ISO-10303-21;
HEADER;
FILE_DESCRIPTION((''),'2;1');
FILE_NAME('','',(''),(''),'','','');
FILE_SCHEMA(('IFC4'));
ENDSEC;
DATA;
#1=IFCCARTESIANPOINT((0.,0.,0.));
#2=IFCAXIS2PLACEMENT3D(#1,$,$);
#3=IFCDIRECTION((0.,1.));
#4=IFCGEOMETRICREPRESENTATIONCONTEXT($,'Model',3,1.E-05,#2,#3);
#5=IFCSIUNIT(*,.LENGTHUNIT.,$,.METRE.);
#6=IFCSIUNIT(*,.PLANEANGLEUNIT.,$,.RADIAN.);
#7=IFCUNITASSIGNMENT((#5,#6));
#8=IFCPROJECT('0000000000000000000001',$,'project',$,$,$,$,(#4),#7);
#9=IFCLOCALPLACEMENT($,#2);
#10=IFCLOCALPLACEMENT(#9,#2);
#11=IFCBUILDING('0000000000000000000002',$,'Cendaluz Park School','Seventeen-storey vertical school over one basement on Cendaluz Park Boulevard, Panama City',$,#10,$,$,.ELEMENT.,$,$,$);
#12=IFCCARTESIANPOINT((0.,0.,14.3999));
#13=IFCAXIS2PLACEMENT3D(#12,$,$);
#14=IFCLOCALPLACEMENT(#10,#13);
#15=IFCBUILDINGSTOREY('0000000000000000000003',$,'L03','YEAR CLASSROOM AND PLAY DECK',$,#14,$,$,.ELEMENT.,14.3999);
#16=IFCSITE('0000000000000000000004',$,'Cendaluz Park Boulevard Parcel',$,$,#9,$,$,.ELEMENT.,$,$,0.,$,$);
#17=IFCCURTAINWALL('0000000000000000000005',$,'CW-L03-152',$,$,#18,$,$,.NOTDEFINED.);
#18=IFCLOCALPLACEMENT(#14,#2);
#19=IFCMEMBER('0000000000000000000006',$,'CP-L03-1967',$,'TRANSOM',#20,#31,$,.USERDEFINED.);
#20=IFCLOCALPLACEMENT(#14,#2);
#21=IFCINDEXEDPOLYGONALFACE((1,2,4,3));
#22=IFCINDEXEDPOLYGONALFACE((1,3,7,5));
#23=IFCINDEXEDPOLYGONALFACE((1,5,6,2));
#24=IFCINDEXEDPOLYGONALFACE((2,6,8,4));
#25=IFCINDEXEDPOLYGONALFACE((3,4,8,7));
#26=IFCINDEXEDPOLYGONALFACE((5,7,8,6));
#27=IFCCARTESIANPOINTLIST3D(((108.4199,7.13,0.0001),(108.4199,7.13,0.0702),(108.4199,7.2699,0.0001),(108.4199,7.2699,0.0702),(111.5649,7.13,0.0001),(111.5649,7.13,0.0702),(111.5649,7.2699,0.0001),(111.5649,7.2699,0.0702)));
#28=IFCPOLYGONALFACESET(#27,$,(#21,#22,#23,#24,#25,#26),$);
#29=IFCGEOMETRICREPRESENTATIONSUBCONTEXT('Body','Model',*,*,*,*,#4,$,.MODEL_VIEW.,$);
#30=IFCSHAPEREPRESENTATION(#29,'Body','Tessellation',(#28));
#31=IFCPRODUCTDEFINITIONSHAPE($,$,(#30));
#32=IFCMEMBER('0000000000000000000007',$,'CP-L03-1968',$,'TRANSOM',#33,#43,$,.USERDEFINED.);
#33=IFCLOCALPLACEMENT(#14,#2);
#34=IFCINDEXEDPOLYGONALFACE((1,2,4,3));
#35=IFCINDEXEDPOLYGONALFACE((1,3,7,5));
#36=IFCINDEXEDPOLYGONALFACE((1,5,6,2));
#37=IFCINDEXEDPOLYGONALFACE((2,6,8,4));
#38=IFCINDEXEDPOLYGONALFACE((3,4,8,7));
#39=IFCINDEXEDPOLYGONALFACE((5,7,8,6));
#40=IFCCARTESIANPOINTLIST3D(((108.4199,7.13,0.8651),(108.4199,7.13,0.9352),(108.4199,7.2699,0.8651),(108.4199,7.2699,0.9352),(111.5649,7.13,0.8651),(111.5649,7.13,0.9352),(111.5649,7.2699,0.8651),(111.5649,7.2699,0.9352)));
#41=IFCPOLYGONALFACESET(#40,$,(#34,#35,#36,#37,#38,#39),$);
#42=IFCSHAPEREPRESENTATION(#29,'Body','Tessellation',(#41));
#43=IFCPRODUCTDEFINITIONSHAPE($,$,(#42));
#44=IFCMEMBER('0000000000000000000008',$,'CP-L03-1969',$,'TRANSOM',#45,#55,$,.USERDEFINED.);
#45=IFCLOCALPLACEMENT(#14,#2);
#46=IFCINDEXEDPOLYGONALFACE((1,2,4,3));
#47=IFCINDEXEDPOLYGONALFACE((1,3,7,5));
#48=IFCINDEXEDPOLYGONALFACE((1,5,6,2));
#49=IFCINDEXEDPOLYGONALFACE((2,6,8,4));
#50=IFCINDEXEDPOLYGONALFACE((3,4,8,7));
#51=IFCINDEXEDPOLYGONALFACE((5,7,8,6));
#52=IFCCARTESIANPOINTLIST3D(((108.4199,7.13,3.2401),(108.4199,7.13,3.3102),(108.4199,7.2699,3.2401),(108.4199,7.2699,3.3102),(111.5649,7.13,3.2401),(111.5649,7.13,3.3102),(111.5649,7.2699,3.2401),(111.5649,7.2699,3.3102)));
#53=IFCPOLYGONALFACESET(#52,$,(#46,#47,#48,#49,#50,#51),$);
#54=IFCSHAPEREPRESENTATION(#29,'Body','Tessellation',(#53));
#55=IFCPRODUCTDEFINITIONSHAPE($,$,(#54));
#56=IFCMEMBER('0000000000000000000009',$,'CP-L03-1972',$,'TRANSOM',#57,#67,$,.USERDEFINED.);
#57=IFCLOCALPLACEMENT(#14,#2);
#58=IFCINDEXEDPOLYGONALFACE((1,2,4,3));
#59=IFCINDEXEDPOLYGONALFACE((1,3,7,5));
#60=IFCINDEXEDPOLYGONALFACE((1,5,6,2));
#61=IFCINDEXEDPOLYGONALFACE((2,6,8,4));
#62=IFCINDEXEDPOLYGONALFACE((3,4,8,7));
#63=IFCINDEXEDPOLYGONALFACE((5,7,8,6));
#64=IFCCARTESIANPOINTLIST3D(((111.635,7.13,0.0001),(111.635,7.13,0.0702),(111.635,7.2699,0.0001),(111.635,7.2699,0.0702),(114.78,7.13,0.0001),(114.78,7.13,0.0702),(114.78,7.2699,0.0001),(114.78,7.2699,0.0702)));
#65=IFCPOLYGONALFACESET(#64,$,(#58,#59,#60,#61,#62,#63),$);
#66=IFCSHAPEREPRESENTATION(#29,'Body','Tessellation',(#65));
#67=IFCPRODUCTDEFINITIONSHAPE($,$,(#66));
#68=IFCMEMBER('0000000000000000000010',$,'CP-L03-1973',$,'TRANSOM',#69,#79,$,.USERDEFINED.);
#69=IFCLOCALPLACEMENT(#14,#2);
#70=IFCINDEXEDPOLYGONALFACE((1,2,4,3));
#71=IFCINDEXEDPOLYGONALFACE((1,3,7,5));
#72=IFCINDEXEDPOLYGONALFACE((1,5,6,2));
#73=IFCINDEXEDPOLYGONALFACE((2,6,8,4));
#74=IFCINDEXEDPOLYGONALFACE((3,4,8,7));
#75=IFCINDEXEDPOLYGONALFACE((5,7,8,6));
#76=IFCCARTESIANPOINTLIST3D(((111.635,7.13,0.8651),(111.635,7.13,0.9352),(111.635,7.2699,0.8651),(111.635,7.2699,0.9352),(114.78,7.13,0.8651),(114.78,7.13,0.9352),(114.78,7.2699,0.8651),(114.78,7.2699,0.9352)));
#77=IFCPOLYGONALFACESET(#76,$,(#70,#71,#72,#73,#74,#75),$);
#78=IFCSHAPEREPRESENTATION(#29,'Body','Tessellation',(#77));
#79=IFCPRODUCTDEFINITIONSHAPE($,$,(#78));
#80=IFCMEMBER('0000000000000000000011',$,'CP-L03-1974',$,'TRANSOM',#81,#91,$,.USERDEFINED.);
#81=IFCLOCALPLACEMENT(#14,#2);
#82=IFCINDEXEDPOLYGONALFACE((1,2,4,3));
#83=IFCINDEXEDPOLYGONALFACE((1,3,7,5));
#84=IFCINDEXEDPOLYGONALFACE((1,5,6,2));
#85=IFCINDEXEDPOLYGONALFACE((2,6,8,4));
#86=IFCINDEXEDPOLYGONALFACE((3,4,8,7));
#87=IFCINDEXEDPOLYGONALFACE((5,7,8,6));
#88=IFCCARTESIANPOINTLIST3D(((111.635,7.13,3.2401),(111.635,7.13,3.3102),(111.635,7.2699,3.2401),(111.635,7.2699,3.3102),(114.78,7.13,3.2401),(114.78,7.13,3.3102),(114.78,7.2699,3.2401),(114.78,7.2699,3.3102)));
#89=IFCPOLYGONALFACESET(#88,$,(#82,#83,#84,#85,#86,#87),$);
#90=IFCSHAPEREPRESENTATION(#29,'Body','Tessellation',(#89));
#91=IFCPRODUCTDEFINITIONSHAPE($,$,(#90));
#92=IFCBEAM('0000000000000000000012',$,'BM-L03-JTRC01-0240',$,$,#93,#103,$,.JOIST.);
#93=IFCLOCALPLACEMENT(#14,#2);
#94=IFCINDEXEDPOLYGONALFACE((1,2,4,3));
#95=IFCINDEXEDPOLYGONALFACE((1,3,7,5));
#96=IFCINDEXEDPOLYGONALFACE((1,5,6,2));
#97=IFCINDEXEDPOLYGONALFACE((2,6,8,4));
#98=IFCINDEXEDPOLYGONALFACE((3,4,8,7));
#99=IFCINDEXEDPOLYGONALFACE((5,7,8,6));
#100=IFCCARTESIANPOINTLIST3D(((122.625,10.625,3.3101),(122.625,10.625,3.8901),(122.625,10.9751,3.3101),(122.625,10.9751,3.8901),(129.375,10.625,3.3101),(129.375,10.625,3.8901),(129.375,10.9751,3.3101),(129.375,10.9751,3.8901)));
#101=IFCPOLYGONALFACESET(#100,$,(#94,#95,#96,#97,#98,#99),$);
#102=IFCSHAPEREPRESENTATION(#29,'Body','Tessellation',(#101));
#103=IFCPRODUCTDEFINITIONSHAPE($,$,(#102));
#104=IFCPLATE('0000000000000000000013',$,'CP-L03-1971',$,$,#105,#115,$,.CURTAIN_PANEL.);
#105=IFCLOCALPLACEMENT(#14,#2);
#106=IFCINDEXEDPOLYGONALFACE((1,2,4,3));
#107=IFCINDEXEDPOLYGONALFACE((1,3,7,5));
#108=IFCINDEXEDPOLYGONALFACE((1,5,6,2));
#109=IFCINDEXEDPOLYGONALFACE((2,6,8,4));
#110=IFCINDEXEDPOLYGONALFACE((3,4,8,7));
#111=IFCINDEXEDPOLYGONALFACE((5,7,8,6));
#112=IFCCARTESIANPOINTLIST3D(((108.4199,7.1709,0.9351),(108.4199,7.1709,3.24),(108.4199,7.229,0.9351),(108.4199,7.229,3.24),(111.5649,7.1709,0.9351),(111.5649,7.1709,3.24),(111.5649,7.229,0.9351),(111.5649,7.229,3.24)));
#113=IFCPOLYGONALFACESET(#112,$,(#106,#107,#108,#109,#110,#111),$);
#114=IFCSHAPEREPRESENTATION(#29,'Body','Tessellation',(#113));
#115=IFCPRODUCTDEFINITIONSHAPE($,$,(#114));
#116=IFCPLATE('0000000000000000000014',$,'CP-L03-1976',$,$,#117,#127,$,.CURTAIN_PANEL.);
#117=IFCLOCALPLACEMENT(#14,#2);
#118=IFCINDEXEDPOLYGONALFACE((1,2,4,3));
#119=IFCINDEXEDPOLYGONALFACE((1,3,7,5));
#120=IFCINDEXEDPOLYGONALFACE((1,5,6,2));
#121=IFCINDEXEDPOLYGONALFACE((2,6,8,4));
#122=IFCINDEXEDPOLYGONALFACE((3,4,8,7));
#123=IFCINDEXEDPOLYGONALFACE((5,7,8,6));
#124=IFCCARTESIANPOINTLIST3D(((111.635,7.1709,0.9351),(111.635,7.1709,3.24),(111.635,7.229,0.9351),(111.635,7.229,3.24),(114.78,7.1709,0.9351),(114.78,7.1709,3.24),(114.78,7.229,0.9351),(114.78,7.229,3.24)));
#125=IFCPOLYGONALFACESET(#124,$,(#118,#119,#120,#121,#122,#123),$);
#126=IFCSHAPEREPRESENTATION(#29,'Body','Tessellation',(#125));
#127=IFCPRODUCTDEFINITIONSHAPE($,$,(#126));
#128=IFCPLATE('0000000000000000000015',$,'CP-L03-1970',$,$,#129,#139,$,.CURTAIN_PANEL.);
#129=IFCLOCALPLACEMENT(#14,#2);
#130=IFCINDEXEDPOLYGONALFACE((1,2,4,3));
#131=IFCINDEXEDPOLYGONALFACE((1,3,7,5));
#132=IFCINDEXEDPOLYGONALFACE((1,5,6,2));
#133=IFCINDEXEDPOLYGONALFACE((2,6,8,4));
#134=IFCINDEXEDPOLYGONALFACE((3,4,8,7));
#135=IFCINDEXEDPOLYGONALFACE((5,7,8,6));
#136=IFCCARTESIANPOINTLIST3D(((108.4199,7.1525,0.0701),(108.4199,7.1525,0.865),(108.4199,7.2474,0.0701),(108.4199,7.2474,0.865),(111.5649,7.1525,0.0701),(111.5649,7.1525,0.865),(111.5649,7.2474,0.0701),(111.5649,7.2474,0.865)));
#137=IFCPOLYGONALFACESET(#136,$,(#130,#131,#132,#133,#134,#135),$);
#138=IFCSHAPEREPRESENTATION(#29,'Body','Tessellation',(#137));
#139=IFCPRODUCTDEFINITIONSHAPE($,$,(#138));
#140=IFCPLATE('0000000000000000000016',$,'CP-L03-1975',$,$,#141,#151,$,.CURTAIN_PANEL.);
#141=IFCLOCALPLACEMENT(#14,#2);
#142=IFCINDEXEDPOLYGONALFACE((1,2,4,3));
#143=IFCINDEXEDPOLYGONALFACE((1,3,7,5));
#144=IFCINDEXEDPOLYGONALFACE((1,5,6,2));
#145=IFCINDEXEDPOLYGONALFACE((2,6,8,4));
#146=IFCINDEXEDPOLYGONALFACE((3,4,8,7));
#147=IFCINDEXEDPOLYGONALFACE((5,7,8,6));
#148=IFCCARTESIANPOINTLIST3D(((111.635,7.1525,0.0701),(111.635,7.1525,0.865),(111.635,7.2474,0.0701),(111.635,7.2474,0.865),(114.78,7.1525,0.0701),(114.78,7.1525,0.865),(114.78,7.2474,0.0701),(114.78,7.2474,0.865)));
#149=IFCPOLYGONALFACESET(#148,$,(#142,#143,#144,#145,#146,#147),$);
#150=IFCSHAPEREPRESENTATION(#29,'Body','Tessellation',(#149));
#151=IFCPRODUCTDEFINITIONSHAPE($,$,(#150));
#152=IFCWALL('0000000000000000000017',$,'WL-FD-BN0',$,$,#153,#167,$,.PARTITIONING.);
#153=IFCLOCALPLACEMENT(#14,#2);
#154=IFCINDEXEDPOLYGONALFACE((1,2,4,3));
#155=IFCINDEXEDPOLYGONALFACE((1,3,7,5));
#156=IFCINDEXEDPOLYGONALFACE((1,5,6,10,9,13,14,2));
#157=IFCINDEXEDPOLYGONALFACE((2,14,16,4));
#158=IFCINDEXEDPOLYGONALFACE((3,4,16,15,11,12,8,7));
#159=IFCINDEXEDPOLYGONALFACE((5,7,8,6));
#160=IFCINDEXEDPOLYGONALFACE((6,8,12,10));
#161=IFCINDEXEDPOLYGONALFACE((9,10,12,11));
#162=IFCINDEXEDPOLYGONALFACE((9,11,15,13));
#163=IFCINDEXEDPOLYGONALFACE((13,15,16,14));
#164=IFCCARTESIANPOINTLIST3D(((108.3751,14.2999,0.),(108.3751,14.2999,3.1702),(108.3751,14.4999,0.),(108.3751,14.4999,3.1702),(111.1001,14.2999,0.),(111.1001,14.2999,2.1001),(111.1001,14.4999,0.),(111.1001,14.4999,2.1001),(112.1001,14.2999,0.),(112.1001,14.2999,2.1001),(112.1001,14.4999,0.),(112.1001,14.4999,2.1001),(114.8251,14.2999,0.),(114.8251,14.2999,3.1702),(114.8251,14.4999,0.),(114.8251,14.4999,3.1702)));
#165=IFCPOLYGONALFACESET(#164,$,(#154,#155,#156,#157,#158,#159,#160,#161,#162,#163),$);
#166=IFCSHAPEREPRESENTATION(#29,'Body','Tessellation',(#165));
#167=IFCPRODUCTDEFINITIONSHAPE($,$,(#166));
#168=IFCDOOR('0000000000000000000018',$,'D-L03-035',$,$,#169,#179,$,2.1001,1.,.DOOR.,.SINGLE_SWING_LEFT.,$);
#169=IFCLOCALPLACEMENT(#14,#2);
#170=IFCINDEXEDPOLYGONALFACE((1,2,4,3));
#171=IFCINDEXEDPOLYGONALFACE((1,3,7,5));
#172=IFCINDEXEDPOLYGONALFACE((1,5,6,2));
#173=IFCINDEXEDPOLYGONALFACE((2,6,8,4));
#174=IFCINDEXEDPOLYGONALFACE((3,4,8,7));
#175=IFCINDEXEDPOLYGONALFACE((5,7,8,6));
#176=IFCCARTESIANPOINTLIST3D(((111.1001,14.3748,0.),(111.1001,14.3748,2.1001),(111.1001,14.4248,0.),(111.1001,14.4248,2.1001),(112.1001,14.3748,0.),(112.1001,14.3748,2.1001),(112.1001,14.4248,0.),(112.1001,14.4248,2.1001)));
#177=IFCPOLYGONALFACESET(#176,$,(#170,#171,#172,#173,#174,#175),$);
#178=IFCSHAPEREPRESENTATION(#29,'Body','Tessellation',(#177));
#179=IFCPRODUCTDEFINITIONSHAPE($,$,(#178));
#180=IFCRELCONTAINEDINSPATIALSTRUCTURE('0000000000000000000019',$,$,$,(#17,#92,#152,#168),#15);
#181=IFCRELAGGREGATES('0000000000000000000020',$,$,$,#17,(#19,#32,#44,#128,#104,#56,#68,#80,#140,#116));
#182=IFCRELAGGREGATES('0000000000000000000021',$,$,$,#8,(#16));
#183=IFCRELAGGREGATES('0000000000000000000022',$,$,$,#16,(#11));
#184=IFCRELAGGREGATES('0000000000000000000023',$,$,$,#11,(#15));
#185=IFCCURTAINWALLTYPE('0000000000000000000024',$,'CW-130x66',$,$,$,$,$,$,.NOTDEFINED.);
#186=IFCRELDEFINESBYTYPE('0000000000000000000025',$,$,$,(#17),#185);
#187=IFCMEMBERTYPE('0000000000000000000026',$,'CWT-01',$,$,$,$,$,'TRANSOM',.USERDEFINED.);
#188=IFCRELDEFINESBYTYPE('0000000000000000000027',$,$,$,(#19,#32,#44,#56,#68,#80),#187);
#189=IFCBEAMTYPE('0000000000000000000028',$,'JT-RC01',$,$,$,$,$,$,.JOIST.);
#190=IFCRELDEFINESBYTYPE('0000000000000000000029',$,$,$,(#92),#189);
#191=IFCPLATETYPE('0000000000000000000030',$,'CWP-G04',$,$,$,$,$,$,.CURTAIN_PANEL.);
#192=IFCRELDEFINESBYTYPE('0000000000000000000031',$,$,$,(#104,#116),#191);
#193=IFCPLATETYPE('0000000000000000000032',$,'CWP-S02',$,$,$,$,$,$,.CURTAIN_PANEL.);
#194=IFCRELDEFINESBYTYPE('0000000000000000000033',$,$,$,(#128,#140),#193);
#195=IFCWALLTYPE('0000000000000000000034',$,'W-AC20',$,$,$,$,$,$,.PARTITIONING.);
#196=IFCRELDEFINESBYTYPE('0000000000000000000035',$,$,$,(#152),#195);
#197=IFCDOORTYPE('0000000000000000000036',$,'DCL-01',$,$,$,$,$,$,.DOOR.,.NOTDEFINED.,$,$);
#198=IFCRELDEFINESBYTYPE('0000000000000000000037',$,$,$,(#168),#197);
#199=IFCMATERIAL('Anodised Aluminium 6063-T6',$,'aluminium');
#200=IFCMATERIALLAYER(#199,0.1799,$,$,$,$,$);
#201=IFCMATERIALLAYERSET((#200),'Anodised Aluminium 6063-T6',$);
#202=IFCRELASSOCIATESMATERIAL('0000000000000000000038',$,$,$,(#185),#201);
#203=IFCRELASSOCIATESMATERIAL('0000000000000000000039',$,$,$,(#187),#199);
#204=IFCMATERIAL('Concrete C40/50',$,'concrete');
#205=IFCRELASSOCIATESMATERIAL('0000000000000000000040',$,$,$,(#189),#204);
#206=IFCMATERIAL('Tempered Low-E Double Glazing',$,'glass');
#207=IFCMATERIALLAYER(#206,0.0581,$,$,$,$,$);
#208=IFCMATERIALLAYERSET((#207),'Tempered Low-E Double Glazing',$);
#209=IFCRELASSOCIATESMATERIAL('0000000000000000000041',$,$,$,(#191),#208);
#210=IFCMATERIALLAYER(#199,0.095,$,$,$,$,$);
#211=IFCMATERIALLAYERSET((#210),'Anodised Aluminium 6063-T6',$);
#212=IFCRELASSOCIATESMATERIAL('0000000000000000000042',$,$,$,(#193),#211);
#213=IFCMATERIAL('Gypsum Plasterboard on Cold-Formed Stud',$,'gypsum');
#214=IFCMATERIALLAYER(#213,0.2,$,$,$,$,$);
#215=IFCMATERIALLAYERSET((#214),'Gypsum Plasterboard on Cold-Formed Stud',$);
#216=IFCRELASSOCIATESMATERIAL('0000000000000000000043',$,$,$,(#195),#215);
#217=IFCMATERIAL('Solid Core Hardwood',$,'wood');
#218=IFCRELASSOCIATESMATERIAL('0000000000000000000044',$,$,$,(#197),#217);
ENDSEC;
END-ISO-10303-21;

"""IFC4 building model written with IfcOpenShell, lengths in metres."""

from ifc_helpers import new_model, si_unit, direction, frame, frame_2d, origin, origin_2d, place, context, subcontext, project, spatial, rectangle, extrude, material, layer, layer_set, material_profile, profile_set, type_object, element, fill, aggregate, save


model = new_model("IFC4")

# Units and contexts
model_context = context("Model", 3, precision=1e-05, world=origin(), true_north=direction((0.0, 1.0)))
body_context = subcontext(model_context, "Body", "Model", "MODEL_VIEW")
ifc_project = project(units=[si_unit("LENGTHUNIT", "METRE"), si_unit("PLANEANGLEUNIT", "RADIAN")], contexts=[model_context])

# Site, building, storey
site_placement = place(None, origin())
site = spatial("IfcSite", under=ifc_project, at=site_placement, Name="Cendaluz Park Boulevard Parcel", CompositionType="ELEMENT", RefElevation=0.0)
building_placement = place(site_placement, origin())
building = spatial("IfcBuilding", under=site, at=building_placement, Name="Cendaluz Park School", Description="Seventeen-storey vertical school over one basement on Cendaluz Park Boulevard, Panama City", CompositionType="ELEMENT")
storey_placement = place(building_placement, frame((0.0, 0.0, 14.3999)))
storey = spatial("IfcBuildingStorey", under=building, at=storey_placement, Name="L03", Description="YEAR CLASSROOM AND PLAY DECK", CompositionType="ELEMENT", Elevation=14.3999)

# Shared definitions
ifc_material_1 = material(Name="Concrete C40/50", Category="concrete")

# Curtain wall, members
ifc_material_2 = material(Name="Anodised Aluminium 6063-T6", Category="aluminium")
ifc_layer_1 = layer(ifc_material_2, 0.1799)
ifc_layer_set_1 = layer_set([ifc_layer_1], Name="Anodised Aluminium 6063-T6")
curtain_wall_type = type_object("IfcCurtainWallType", Name="CW-130x66", PredefinedType="NOTDEFINED", material=ifc_layer_set_1)
curtain_wall_placement = place(storey_placement, origin())
curtain_wall = element("IfcCurtainWall", 1, at=curtain_wall_placement, inside=storey, type_object=curtain_wall_type, Name="CW-L03-152", PredefinedType="NOTDEFINED")
ifc_material_profile_1 = material_profile(ifc_material_2, rectangle(XDim=0.1399, YDim=0.0701, at=origin_2d()), Name="CWT 140x70", Category="aluminium")
ifc_profile_set_1 = profile_set([ifc_material_profile_1], Name="Anodised Aluminium 6063-T6")
member_type_1 = type_object("IfcMemberType", Name="CWT-01", ElementType="TRANSOM", PredefinedType="USERDEFINED", material=ifc_profile_set_1)
member_1_placement = place(storey_placement, frame((108.4199, 7.2, 0.0352), z_axis=(1.0, 0.0, 0.0), x_axis=(0.0, 1.0, 0.0)))
member_1 = element("IfcMember", 2, at=member_1_placement, type_object=member_type_1, Name="CP-L03-1967", ObjectType="TRANSOM", PredefinedType="USERDEFINED", context=body_context, shape_type="SweptSolid", body=[
    extrude(rectangle(XDim=0.1399, YDim=0.0701, at=origin_2d()), origin(), (0.0, 0.0, 1.0), 3.145),
])
member_2_placement = place(storey_placement, frame((108.4199, 7.2, 0.9001), z_axis=(1.0, 0.0, 0.0), x_axis=(0.0, 1.0, 0.0)))
member_2 = element("IfcMember", 3, at=member_2_placement, type_object=member_type_1, Name="CP-L03-1968", ObjectType="TRANSOM", PredefinedType="USERDEFINED", context=body_context, shape_type="SweptSolid", body=[
    extrude(rectangle(XDim=0.1399, YDim=0.0701, at=origin_2d()), origin(), (0.0, 0.0, 1.0), 3.145),
])
member_3_placement = place(storey_placement, frame((108.4199, 7.2, 3.2751), z_axis=(1.0, 0.0, 0.0), x_axis=(0.0, 1.0, 0.0)))
member_3 = element("IfcMember", 4, at=member_3_placement, type_object=member_type_1, Name="CP-L03-1969", ObjectType="TRANSOM", PredefinedType="USERDEFINED", context=body_context, shape_type="SweptSolid", body=[
    extrude(rectangle(XDim=0.1399, YDim=0.0701, at=origin_2d()), origin(), (0.0, 0.0, 1.0), 3.145),
])
member_4_placement = place(storey_placement, frame((111.635, 7.2, 0.0352), z_axis=(1.0, 0.0, 0.0), x_axis=(0.0, 1.0, 0.0)))
member_4 = element("IfcMember", 5, at=member_4_placement, type_object=member_type_1, Name="CP-L03-1972", ObjectType="TRANSOM", PredefinedType="USERDEFINED", context=body_context, shape_type="SweptSolid", body=[
    extrude(rectangle(XDim=0.1399, YDim=0.0701, at=origin_2d()), origin(), (0.0, 0.0, 1.0), 3.145),
])
member_5_placement = place(storey_placement, frame((111.635, 7.2, 0.9001), z_axis=(1.0, 0.0, 0.0), x_axis=(0.0, 1.0, 0.0)))
member_5 = element("IfcMember", 6, at=member_5_placement, type_object=member_type_1, Name="CP-L03-1973", ObjectType="TRANSOM", PredefinedType="USERDEFINED", context=body_context, shape_type="SweptSolid", body=[
    extrude(rectangle(XDim=0.1399, YDim=0.0701, at=origin_2d()), origin(), (0.0, 0.0, 1.0), 3.145),
])
member_6_placement = place(storey_placement, frame((111.635, 7.2, 3.2751), z_axis=(1.0, 0.0, 0.0), x_axis=(0.0, 1.0, 0.0)))
member_6 = element("IfcMember", 7, at=member_6_placement, type_object=member_type_1, Name="CP-L03-1974", ObjectType="TRANSOM", PredefinedType="USERDEFINED", context=body_context, shape_type="SweptSolid", body=[
    extrude(rectangle(XDim=0.1399, YDim=0.0701, at=origin_2d()), origin(), (0.0, 0.0, 1.0), 3.145),
])

# Beam
ifc_material_profile_2 = material_profile(ifc_material_1, rectangle(XDim=0.3501, YDim=0.5801, at=origin_2d()), Name="RC 350x580", Category="concrete")
ifc_profile_set_2 = profile_set([ifc_material_profile_2], Name="Concrete C40/50")
beam_type_1 = type_object("IfcBeamType", Name="JT-RC01", PredefinedType="JOIST", material=ifc_profile_set_2)
beam_1_placement = place(storey_placement, frame((122.625, 10.8, 3.6001), z_axis=(1.0, 0.0, 0.0), x_axis=(0.0, 1.0, 0.0)))
element("IfcBeam", 8, at=beam_1_placement, inside=storey, type_object=beam_type_1, Name="BM-L03-JTRC01-0240", PredefinedType="JOIST", context=body_context, shape_type="SweptSolid", body=[
    extrude(rectangle(XDim=0.3501, YDim=0.5801, at=origin_2d()), origin(), (0.0, 0.0, 1.0), 6.75),
])

# Plates
ifc_material_3 = material(Name="Tempered Low-E Double Glazing", Category="glass")
ifc_layer_2 = layer(ifc_material_3, 0.0581)
ifc_layer_set_2 = layer_set([ifc_layer_2], Name="Tempered Low-E Double Glazing")
plate_type_1 = type_object("IfcPlateType", Name="CWP-G04", PredefinedType="CURTAIN_PANEL", material=ifc_layer_set_2)
plate_1_placement = place(storey_placement, frame((109.9924, 7.2, 0.9351), z_axis=(0.0, 0.0, 1.0), x_axis=(1.0, 0.0, 0.0)))
plate_1 = element("IfcPlate", 9, at=plate_1_placement, type_object=plate_type_1, Name="CP-L03-1971", PredefinedType="CURTAIN_PANEL", context=body_context, shape_type="SweptSolid", body=[
    extrude(rectangle(XDim=3.145, YDim=0.0581, at=origin_2d()), origin(), (0.0, 0.0, 1.0), 2.3049),
])
plate_2_placement = place(storey_placement, frame((113.2075, 7.2, 0.9351), z_axis=(0.0, 0.0, 1.0), x_axis=(1.0, 0.0, 0.0)))
plate_2 = element("IfcPlate", 10, at=plate_2_placement, type_object=plate_type_1, Name="CP-L03-1976", PredefinedType="CURTAIN_PANEL", context=body_context, shape_type="SweptSolid", body=[
    extrude(rectangle(XDim=3.145, YDim=0.0581, at=origin_2d()), origin(), (0.0, 0.0, 1.0), 2.3049),
])
ifc_layer_3 = layer(ifc_material_2, 0.095)
ifc_layer_set_3 = layer_set([ifc_layer_3], Name="Anodised Aluminium 6063-T6")
plate_type_2 = type_object("IfcPlateType", Name="CWP-S02", PredefinedType="CURTAIN_PANEL", material=ifc_layer_set_3)
plate_3_placement = place(storey_placement, frame((109.9924, 7.2, 0.0701), z_axis=(0.0, 0.0, 1.0), x_axis=(1.0, 0.0, 0.0)))
plate_3 = element("IfcPlate", 11, at=plate_3_placement, type_object=plate_type_2, Name="CP-L03-1970", PredefinedType="CURTAIN_PANEL", context=body_context, shape_type="SweptSolid", body=[
    extrude(rectangle(XDim=3.145, YDim=0.095, at=origin_2d()), origin(), (0.0, 0.0, 1.0), 0.7949),
])
plate_4_placement = place(storey_placement, frame((113.2075, 7.2, 0.0701), z_axis=(0.0, 0.0, 1.0), x_axis=(1.0, 0.0, 0.0)))
plate_4 = element("IfcPlate", 12, at=plate_4_placement, type_object=plate_type_2, Name="CP-L03-1975", PredefinedType="CURTAIN_PANEL", context=body_context, shape_type="SweptSolid", body=[
    extrude(rectangle(XDim=3.145, YDim=0.095, at=origin_2d()), origin(), (0.0, 0.0, 1.0), 0.7949),
])
aggregate(curtain_wall, [member_1, member_2, member_3, plate_3, plate_1, member_4, member_5, member_6, plate_4, plate_2])

# Wall, opening, door
ifc_material_4 = material(Name="Gypsum Plasterboard on Cold-Formed Stud", Category="gypsum")
ifc_layer_4 = layer(ifc_material_4, 0.2)
ifc_layer_set_4 = layer_set([ifc_layer_4], Name="Gypsum Plasterboard on Cold-Formed Stud")
wall_type_1 = type_object("IfcWallType", Name="W-AC20", PredefinedType="PARTITIONING", material=ifc_layer_set_4)
wall_1_placement = place(storey_placement, frame((108.375, 14.3999, 0.0), z_axis=(0.0, 0.0, 1.0), x_axis=(1.0, 0.0, 0.0)))
wall_1 = element("IfcWall", 13, at=wall_1_placement, inside=storey, type_object=wall_type_1, Name="WL-FD-BN0", PredefinedType="PARTITIONING", context=body_context, shape_type="SweptSolid", body=[
    extrude(rectangle(XDim=6.45, YDim=0.2, at=frame_2d((3.2251, 0.0))), origin(), (0.0, 0.0, 1.0), 3.1702),
])
opening_1_placement = place(wall_1_placement, frame((2.7251, 0.0, 0.0)))
opening_1 = element("IfcOpeningElement", 14, at=opening_1_placement, cuts=wall_1, PredefinedType="OPENING", context=body_context, shape_type="SweptSolid", body=[
    extrude(rectangle(XDim=1.0, YDim=2.1001, at=frame_2d((0.5, 1.05))), frame((0.0, 0.1121, 0.0), z_axis=(0.0, -1.0, 0.0), x_axis=(1.0, 0.0, 0.0)), (0.0, 0.0, 1.0), 0.2239),
])
ifc_material_5 = material(Name="Solid Core Hardwood", Category="wood")
door_type_1 = type_object("IfcDoorType", Name="DCL-01", OperationType="NOTDEFINED", PredefinedType="DOOR", material=ifc_material_5)
door_1_placement = place(opening_1_placement, origin())
door_1 = element("IfcDoor", 15, at=door_1_placement, inside=storey, type_object=door_type_1, Name="D-L03-035", OperationType="SINGLE_SWING_LEFT", OverallHeight=2.1001, OverallWidth=1.0, PredefinedType="DOOR", context=body_context, shape_type="SweptSolid", body=[
    extrude(rectangle(XDim=1.0, YDim=2.1001, at=frame_2d((0.5, 1.05))), frame((0.0, 0.0249, 0.0), z_axis=(0.0, -1.0, 0.0), x_axis=(1.0, 0.0, 0.0)), (0.0, 0.0, 1.0), 0.05),
])
fill(opening_1, door_1)

save(model, "model.ifc")
